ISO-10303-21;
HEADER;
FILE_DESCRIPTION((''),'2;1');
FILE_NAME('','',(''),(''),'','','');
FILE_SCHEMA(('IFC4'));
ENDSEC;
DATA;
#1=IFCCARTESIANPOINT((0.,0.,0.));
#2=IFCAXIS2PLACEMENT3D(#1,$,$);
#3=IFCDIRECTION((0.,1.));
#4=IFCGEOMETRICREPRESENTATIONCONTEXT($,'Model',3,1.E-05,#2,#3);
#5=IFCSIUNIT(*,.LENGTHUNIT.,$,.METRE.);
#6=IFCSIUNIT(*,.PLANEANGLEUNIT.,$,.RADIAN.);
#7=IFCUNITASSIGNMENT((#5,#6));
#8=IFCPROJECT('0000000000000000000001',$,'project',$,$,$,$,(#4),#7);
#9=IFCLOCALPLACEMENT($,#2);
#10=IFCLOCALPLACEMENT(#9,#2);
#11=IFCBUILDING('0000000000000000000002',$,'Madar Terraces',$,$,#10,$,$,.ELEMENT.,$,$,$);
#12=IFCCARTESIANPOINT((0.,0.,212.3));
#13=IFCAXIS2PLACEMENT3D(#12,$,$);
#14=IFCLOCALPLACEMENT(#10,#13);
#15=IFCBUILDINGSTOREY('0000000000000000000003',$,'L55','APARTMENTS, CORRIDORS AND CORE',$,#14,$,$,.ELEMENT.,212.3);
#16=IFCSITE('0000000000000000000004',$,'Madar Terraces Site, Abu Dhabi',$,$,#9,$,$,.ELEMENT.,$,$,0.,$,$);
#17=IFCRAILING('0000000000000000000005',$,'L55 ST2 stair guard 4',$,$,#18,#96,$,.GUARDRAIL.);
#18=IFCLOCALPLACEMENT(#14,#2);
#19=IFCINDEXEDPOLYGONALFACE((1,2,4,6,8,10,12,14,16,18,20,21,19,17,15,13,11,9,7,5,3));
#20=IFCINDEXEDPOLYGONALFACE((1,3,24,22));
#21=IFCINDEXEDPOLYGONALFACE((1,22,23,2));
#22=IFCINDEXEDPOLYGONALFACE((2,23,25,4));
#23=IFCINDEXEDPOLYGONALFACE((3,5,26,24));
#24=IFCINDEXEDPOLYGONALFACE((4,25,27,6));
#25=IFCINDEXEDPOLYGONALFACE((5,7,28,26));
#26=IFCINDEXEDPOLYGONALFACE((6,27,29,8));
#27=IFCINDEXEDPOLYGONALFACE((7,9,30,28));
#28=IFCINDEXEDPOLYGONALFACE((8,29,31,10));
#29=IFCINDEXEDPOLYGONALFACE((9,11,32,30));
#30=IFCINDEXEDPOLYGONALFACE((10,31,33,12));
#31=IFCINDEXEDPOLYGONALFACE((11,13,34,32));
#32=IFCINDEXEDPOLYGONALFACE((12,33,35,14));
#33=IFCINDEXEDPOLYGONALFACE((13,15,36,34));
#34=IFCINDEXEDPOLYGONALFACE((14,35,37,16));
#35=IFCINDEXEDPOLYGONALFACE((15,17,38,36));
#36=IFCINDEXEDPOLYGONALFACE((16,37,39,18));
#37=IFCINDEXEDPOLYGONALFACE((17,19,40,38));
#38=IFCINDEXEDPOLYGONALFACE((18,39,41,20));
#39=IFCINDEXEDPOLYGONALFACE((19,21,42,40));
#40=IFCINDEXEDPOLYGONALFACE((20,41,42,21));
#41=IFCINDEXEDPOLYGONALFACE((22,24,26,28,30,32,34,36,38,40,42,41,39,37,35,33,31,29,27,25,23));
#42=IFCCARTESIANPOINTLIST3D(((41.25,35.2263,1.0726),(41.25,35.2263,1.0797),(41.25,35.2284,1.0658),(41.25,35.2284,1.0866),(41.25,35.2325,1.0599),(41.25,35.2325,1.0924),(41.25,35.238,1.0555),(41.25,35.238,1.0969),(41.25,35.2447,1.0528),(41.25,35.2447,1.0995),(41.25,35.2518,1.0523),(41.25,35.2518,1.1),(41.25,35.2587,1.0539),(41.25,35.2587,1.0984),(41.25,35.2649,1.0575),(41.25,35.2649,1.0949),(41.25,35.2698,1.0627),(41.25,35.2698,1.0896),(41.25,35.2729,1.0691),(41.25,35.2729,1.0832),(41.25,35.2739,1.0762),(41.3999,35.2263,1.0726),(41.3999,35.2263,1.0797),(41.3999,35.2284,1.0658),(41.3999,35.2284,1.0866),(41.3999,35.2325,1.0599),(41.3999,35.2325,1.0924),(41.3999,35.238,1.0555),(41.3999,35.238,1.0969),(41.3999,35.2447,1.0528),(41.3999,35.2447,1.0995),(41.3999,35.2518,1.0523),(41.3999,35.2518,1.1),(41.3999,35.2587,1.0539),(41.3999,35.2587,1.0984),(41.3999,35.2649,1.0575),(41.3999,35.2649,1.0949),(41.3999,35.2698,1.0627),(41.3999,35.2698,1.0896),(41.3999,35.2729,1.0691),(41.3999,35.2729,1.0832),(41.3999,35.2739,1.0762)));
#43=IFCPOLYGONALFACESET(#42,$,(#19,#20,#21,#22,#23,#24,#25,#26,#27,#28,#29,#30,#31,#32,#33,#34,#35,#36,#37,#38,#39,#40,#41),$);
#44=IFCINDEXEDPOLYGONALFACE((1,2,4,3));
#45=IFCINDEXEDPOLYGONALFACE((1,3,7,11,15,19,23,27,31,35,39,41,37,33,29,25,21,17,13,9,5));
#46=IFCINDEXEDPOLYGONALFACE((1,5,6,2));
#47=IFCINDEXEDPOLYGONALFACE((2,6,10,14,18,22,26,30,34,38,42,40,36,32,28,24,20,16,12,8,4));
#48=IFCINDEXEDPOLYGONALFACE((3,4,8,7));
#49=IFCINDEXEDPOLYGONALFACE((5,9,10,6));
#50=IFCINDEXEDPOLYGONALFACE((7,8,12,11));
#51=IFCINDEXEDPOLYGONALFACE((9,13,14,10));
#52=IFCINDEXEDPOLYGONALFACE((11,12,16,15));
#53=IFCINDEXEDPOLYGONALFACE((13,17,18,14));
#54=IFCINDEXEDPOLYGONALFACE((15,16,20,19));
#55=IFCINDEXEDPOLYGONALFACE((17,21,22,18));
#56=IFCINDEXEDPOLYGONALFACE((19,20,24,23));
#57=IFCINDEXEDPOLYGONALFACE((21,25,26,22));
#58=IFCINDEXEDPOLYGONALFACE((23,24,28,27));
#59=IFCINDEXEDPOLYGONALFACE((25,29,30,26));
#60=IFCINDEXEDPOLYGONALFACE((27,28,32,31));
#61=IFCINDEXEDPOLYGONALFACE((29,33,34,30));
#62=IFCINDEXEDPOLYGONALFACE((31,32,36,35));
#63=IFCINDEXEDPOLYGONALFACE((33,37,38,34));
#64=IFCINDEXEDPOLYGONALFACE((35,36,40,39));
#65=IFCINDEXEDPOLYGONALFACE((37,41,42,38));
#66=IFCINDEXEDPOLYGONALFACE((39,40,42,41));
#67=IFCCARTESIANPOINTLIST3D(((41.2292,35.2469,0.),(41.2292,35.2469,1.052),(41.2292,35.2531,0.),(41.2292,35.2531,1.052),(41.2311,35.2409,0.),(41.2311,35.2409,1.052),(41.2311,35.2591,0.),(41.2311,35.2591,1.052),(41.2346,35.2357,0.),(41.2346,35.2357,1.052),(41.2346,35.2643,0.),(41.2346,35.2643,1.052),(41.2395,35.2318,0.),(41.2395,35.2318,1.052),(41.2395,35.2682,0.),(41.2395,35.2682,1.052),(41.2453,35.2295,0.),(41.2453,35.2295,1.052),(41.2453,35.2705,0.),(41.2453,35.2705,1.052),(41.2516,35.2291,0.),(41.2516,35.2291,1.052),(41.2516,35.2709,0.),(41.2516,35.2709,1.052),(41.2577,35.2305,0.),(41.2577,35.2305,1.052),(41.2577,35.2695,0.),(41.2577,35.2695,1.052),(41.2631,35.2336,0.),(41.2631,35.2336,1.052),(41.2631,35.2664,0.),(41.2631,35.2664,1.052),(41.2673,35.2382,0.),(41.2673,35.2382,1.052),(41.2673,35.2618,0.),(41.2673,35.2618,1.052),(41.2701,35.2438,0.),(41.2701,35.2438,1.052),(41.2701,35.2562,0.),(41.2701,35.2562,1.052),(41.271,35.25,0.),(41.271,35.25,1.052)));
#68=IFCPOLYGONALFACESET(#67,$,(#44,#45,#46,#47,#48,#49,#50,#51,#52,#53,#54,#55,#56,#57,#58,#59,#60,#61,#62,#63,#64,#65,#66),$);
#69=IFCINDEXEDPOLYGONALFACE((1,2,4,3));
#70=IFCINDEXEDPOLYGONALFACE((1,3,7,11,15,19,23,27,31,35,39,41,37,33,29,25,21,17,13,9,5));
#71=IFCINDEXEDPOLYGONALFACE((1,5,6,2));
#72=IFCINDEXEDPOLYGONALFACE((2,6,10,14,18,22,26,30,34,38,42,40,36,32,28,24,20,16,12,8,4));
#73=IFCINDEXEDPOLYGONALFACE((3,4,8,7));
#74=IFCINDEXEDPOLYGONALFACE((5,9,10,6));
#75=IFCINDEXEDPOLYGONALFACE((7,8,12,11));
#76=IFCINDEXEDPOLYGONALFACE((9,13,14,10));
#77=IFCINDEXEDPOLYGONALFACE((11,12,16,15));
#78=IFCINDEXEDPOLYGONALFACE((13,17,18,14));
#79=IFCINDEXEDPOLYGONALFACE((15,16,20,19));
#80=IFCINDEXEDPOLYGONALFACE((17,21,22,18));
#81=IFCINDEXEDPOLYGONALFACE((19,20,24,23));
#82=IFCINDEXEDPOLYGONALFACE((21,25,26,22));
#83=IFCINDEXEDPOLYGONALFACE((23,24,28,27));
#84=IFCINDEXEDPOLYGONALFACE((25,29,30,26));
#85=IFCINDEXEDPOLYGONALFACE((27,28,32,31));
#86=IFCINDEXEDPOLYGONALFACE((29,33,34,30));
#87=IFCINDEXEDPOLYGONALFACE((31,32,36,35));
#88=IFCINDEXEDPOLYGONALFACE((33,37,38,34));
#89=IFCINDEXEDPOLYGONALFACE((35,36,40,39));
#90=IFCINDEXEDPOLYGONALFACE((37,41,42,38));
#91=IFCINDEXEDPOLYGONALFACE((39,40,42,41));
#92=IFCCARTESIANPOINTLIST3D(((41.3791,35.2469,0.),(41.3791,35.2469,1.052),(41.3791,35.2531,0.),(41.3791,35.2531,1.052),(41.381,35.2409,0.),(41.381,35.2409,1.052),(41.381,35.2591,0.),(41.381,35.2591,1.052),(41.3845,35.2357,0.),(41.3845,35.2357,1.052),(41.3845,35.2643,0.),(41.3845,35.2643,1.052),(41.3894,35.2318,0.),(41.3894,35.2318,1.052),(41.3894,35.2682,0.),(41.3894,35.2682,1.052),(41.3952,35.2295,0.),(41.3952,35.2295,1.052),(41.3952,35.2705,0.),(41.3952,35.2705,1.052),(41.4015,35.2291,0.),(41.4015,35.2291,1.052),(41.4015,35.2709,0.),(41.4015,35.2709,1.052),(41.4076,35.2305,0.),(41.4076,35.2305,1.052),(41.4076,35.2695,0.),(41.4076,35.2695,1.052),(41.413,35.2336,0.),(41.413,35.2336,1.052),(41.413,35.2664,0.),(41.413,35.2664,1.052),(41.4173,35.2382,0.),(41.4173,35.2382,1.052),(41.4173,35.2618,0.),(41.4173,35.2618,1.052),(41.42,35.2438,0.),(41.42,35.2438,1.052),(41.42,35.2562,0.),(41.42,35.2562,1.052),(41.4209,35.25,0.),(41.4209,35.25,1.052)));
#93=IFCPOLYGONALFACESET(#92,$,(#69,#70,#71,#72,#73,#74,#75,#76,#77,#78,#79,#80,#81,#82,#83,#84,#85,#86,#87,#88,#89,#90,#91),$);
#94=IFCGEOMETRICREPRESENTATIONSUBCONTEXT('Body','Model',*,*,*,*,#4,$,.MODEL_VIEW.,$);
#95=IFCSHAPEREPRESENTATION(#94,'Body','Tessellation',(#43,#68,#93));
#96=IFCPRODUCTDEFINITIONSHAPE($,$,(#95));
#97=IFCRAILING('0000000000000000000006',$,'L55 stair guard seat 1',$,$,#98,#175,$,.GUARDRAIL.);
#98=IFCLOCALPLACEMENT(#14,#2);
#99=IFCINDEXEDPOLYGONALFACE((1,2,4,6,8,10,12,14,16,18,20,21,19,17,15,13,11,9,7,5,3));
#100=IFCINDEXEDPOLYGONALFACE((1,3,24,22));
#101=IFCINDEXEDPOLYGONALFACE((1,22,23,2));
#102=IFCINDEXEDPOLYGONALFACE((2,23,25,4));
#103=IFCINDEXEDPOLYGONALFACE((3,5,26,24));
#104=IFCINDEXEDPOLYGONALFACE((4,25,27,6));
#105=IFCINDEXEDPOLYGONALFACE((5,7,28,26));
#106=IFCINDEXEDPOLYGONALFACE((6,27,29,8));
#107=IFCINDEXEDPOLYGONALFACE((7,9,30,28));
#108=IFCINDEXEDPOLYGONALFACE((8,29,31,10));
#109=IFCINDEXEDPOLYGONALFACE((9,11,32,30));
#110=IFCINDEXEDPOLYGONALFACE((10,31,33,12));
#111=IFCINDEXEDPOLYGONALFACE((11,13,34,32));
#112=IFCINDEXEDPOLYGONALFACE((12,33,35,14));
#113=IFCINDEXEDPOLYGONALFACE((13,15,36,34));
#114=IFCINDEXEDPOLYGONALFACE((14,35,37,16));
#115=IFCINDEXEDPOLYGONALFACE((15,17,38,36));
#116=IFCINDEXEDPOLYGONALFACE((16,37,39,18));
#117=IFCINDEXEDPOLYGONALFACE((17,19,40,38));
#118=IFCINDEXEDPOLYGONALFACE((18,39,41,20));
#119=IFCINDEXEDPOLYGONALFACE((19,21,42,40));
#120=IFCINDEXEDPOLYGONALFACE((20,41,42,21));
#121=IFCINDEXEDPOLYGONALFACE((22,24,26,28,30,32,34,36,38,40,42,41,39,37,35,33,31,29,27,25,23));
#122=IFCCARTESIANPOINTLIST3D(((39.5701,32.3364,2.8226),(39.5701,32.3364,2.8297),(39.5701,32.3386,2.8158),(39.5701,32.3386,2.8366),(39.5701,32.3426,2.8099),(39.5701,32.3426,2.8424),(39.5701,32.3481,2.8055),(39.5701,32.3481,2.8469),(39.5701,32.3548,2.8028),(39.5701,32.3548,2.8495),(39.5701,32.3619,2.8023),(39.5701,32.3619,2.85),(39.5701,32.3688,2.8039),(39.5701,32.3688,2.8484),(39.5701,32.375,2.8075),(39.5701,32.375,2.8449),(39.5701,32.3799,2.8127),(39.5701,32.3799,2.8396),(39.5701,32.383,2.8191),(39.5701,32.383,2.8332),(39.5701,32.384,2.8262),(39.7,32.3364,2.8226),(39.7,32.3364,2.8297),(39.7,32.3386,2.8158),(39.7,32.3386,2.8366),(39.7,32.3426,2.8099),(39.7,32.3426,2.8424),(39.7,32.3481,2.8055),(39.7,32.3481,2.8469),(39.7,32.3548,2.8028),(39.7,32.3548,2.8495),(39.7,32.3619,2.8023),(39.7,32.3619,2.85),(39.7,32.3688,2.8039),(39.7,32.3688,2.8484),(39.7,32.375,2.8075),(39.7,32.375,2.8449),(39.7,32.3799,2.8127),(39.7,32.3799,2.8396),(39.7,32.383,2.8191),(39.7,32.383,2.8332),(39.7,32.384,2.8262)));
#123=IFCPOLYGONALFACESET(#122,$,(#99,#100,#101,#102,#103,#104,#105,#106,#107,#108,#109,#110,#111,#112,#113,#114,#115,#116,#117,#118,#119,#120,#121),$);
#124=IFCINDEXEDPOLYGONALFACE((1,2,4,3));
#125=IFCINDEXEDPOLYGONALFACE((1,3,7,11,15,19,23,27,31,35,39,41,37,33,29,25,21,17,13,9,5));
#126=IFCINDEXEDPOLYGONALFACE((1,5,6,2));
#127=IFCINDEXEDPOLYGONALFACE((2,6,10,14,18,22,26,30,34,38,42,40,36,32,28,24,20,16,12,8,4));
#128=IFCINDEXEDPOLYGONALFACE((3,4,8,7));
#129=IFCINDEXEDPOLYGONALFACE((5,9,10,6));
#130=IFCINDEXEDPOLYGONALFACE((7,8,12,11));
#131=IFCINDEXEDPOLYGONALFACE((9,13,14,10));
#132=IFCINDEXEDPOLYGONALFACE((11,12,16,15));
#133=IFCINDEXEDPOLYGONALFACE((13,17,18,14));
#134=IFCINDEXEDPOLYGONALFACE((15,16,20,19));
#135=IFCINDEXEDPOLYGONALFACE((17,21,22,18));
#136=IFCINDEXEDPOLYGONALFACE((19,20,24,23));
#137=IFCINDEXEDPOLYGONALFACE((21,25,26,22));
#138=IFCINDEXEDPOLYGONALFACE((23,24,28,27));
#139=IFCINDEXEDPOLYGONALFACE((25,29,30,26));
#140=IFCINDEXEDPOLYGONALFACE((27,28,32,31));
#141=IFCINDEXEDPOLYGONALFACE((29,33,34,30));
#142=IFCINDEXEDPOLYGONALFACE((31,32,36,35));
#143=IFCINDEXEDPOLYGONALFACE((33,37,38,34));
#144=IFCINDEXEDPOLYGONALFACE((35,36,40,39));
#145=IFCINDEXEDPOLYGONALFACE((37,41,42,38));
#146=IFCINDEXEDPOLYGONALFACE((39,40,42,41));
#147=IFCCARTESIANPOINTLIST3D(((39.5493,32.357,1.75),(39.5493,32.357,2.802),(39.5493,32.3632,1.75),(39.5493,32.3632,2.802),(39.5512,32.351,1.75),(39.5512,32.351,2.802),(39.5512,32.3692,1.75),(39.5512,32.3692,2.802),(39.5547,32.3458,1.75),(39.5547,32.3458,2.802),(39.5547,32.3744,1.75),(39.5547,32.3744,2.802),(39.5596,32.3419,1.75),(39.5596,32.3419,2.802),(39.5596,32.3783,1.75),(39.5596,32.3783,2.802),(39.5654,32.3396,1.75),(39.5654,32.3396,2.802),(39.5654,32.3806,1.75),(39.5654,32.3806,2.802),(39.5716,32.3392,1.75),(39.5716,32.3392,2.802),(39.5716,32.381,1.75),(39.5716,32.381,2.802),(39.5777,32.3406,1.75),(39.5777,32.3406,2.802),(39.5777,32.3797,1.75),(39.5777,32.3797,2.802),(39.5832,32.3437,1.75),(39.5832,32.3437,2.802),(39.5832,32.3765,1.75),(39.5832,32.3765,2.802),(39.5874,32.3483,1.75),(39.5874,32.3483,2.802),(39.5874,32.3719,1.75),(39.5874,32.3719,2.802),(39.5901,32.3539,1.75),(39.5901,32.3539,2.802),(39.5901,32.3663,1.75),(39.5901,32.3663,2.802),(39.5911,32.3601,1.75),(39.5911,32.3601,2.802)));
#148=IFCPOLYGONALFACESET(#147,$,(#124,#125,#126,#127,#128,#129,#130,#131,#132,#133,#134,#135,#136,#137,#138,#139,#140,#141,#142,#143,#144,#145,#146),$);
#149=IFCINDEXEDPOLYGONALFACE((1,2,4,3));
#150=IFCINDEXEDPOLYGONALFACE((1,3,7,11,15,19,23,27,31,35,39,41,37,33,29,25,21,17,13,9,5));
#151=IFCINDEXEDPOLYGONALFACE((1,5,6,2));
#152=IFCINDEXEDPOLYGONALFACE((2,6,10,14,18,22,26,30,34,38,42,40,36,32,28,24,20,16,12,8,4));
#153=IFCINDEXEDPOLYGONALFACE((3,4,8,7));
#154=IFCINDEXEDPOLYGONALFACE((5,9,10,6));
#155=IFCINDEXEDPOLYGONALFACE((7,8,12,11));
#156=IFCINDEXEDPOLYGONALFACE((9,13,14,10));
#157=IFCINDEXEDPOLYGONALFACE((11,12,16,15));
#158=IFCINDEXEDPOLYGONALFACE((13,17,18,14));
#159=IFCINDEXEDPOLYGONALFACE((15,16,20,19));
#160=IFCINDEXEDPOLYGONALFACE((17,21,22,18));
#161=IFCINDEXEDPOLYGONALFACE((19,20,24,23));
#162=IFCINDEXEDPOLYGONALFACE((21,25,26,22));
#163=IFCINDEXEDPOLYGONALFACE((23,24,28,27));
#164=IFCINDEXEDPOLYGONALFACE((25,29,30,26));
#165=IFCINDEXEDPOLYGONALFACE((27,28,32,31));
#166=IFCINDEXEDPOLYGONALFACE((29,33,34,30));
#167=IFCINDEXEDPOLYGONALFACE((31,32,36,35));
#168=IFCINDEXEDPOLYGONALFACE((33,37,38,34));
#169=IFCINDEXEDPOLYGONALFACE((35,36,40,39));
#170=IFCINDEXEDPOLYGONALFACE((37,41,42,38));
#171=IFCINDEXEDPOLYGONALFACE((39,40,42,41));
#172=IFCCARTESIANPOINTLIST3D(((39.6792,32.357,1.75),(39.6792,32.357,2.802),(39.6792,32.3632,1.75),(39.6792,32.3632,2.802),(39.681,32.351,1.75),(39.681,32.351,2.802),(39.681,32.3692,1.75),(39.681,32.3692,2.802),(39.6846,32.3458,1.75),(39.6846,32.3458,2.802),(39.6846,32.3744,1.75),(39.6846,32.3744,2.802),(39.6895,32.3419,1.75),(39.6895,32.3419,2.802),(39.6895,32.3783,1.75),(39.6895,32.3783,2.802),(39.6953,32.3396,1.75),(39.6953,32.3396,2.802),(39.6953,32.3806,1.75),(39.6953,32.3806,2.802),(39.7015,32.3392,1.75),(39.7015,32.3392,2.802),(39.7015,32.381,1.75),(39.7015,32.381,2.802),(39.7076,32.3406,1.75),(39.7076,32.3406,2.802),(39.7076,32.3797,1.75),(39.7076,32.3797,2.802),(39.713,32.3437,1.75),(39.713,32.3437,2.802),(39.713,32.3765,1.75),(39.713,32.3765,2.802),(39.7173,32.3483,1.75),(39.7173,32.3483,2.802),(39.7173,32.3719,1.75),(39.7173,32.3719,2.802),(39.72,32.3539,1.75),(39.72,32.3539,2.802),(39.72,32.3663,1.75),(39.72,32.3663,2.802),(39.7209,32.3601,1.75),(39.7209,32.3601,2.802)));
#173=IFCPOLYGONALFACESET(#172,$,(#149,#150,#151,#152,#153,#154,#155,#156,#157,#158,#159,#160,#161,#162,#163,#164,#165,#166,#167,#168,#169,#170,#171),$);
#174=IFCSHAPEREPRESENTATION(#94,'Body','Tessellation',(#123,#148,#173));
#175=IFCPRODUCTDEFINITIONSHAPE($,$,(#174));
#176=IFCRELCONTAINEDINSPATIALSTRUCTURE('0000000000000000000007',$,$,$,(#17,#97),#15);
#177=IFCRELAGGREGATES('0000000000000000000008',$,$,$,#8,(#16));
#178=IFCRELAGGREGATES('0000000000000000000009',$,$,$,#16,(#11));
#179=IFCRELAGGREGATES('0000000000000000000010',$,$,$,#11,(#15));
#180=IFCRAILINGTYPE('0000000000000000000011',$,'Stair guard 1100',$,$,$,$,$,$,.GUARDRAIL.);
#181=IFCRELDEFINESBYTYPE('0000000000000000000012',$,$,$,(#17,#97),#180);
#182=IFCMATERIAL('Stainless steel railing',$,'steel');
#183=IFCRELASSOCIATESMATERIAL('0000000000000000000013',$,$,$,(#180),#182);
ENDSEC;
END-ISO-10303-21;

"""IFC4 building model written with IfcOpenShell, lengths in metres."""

from ifc_helpers import new_model, si_unit, direction, frame, origin, origin_2d, place, context, subcontext, project, spatial, circle, extrude, material, type_object, element, save


model = new_model("IFC4")

# Units and contexts
model_context = context("Model", 3, precision=1e-05, world=origin(), true_north=direction((0.0, 1.0)))
body_context = subcontext(model_context, "Body", "Model", "MODEL_VIEW")
ifc_project = project(units=[si_unit("LENGTHUNIT", "METRE"), si_unit("PLANEANGLEUNIT", "RADIAN")], contexts=[model_context])

# Site, building, storey
site_placement = place(None, origin())
site = spatial("IfcSite", under=ifc_project, at=site_placement, Name="Madar Terraces Site, Abu Dhabi", CompositionType="ELEMENT", RefElevation=0.0)
building_placement = place(site_placement, origin())
building = spatial("IfcBuilding", under=site, at=building_placement, Name="Madar Terraces", CompositionType="ELEMENT")
storey_placement = place(building_placement, frame((0.0, 0.0, 212.3)))
storey = spatial("IfcBuildingStorey", under=building, at=storey_placement, Name="L55", Description="APARTMENTS, CORRIDORS AND CORE", CompositionType="ELEMENT", Elevation=212.3)

# Railings
ifc_material_1 = material(Name="Stainless steel railing", Category="steel")
railing_type_1 = type_object("IfcRailingType", Name="Stair guard 1100", PredefinedType="GUARDRAIL", material=ifc_material_1)
railing_1_placement = place(storey_placement, frame((41.25, 35.25, 0.0)))
element("IfcRailing", 1, at=railing_1_placement, inside=storey, type_object=railing_type_1, Name="L55 ST2 stair guard 4", PredefinedType="GUARDRAIL", context=body_context, shape_type="SweptSolid", body=[
    extrude(circle(Radius=0.0239, at=origin_2d()), frame((0.0, 0.0, 1.0762), z_axis=(1.0, 0.0, 0.0), x_axis=(0.0, 1.0, 0.0)), (0.0, 0.0, 1.0), 0.1499),
    extrude(circle(Radius=0.021, at=origin_2d()), origin(), (0.0, 0.0, 1.0), 1.052),
    extrude(circle(Radius=0.021, at=origin_2d()), frame((0.1499, 0.0, 0.0)), (0.0, 0.0, 1.0), 1.052),
])
railing_2_placement = place(storey_placement, frame((39.5701, 32.3601, 1.75)))
element("IfcRailing", 2, at=railing_2_placement, inside=storey, type_object=railing_type_1, Name="L55 stair guard seat 1", PredefinedType="GUARDRAIL", context=body_context, shape_type="SweptSolid", body=[
    extrude(circle(Radius=0.0239, at=origin_2d()), frame((0.0, 0.0, 1.0762), z_axis=(1.0, 0.0, 0.0), x_axis=(0.0, 1.0, 0.0)), (0.0, 0.0, 1.0), 0.1299),
    extrude(circle(Radius=0.021, at=origin_2d()), origin(), (0.0, 0.0, 1.0), 1.052),
    extrude(circle(Radius=0.021, at=origin_2d()), frame((0.1299, 0.0, 0.0)), (0.0, 0.0, 1.0), 1.052),
])

save(model, "model.ifc")
